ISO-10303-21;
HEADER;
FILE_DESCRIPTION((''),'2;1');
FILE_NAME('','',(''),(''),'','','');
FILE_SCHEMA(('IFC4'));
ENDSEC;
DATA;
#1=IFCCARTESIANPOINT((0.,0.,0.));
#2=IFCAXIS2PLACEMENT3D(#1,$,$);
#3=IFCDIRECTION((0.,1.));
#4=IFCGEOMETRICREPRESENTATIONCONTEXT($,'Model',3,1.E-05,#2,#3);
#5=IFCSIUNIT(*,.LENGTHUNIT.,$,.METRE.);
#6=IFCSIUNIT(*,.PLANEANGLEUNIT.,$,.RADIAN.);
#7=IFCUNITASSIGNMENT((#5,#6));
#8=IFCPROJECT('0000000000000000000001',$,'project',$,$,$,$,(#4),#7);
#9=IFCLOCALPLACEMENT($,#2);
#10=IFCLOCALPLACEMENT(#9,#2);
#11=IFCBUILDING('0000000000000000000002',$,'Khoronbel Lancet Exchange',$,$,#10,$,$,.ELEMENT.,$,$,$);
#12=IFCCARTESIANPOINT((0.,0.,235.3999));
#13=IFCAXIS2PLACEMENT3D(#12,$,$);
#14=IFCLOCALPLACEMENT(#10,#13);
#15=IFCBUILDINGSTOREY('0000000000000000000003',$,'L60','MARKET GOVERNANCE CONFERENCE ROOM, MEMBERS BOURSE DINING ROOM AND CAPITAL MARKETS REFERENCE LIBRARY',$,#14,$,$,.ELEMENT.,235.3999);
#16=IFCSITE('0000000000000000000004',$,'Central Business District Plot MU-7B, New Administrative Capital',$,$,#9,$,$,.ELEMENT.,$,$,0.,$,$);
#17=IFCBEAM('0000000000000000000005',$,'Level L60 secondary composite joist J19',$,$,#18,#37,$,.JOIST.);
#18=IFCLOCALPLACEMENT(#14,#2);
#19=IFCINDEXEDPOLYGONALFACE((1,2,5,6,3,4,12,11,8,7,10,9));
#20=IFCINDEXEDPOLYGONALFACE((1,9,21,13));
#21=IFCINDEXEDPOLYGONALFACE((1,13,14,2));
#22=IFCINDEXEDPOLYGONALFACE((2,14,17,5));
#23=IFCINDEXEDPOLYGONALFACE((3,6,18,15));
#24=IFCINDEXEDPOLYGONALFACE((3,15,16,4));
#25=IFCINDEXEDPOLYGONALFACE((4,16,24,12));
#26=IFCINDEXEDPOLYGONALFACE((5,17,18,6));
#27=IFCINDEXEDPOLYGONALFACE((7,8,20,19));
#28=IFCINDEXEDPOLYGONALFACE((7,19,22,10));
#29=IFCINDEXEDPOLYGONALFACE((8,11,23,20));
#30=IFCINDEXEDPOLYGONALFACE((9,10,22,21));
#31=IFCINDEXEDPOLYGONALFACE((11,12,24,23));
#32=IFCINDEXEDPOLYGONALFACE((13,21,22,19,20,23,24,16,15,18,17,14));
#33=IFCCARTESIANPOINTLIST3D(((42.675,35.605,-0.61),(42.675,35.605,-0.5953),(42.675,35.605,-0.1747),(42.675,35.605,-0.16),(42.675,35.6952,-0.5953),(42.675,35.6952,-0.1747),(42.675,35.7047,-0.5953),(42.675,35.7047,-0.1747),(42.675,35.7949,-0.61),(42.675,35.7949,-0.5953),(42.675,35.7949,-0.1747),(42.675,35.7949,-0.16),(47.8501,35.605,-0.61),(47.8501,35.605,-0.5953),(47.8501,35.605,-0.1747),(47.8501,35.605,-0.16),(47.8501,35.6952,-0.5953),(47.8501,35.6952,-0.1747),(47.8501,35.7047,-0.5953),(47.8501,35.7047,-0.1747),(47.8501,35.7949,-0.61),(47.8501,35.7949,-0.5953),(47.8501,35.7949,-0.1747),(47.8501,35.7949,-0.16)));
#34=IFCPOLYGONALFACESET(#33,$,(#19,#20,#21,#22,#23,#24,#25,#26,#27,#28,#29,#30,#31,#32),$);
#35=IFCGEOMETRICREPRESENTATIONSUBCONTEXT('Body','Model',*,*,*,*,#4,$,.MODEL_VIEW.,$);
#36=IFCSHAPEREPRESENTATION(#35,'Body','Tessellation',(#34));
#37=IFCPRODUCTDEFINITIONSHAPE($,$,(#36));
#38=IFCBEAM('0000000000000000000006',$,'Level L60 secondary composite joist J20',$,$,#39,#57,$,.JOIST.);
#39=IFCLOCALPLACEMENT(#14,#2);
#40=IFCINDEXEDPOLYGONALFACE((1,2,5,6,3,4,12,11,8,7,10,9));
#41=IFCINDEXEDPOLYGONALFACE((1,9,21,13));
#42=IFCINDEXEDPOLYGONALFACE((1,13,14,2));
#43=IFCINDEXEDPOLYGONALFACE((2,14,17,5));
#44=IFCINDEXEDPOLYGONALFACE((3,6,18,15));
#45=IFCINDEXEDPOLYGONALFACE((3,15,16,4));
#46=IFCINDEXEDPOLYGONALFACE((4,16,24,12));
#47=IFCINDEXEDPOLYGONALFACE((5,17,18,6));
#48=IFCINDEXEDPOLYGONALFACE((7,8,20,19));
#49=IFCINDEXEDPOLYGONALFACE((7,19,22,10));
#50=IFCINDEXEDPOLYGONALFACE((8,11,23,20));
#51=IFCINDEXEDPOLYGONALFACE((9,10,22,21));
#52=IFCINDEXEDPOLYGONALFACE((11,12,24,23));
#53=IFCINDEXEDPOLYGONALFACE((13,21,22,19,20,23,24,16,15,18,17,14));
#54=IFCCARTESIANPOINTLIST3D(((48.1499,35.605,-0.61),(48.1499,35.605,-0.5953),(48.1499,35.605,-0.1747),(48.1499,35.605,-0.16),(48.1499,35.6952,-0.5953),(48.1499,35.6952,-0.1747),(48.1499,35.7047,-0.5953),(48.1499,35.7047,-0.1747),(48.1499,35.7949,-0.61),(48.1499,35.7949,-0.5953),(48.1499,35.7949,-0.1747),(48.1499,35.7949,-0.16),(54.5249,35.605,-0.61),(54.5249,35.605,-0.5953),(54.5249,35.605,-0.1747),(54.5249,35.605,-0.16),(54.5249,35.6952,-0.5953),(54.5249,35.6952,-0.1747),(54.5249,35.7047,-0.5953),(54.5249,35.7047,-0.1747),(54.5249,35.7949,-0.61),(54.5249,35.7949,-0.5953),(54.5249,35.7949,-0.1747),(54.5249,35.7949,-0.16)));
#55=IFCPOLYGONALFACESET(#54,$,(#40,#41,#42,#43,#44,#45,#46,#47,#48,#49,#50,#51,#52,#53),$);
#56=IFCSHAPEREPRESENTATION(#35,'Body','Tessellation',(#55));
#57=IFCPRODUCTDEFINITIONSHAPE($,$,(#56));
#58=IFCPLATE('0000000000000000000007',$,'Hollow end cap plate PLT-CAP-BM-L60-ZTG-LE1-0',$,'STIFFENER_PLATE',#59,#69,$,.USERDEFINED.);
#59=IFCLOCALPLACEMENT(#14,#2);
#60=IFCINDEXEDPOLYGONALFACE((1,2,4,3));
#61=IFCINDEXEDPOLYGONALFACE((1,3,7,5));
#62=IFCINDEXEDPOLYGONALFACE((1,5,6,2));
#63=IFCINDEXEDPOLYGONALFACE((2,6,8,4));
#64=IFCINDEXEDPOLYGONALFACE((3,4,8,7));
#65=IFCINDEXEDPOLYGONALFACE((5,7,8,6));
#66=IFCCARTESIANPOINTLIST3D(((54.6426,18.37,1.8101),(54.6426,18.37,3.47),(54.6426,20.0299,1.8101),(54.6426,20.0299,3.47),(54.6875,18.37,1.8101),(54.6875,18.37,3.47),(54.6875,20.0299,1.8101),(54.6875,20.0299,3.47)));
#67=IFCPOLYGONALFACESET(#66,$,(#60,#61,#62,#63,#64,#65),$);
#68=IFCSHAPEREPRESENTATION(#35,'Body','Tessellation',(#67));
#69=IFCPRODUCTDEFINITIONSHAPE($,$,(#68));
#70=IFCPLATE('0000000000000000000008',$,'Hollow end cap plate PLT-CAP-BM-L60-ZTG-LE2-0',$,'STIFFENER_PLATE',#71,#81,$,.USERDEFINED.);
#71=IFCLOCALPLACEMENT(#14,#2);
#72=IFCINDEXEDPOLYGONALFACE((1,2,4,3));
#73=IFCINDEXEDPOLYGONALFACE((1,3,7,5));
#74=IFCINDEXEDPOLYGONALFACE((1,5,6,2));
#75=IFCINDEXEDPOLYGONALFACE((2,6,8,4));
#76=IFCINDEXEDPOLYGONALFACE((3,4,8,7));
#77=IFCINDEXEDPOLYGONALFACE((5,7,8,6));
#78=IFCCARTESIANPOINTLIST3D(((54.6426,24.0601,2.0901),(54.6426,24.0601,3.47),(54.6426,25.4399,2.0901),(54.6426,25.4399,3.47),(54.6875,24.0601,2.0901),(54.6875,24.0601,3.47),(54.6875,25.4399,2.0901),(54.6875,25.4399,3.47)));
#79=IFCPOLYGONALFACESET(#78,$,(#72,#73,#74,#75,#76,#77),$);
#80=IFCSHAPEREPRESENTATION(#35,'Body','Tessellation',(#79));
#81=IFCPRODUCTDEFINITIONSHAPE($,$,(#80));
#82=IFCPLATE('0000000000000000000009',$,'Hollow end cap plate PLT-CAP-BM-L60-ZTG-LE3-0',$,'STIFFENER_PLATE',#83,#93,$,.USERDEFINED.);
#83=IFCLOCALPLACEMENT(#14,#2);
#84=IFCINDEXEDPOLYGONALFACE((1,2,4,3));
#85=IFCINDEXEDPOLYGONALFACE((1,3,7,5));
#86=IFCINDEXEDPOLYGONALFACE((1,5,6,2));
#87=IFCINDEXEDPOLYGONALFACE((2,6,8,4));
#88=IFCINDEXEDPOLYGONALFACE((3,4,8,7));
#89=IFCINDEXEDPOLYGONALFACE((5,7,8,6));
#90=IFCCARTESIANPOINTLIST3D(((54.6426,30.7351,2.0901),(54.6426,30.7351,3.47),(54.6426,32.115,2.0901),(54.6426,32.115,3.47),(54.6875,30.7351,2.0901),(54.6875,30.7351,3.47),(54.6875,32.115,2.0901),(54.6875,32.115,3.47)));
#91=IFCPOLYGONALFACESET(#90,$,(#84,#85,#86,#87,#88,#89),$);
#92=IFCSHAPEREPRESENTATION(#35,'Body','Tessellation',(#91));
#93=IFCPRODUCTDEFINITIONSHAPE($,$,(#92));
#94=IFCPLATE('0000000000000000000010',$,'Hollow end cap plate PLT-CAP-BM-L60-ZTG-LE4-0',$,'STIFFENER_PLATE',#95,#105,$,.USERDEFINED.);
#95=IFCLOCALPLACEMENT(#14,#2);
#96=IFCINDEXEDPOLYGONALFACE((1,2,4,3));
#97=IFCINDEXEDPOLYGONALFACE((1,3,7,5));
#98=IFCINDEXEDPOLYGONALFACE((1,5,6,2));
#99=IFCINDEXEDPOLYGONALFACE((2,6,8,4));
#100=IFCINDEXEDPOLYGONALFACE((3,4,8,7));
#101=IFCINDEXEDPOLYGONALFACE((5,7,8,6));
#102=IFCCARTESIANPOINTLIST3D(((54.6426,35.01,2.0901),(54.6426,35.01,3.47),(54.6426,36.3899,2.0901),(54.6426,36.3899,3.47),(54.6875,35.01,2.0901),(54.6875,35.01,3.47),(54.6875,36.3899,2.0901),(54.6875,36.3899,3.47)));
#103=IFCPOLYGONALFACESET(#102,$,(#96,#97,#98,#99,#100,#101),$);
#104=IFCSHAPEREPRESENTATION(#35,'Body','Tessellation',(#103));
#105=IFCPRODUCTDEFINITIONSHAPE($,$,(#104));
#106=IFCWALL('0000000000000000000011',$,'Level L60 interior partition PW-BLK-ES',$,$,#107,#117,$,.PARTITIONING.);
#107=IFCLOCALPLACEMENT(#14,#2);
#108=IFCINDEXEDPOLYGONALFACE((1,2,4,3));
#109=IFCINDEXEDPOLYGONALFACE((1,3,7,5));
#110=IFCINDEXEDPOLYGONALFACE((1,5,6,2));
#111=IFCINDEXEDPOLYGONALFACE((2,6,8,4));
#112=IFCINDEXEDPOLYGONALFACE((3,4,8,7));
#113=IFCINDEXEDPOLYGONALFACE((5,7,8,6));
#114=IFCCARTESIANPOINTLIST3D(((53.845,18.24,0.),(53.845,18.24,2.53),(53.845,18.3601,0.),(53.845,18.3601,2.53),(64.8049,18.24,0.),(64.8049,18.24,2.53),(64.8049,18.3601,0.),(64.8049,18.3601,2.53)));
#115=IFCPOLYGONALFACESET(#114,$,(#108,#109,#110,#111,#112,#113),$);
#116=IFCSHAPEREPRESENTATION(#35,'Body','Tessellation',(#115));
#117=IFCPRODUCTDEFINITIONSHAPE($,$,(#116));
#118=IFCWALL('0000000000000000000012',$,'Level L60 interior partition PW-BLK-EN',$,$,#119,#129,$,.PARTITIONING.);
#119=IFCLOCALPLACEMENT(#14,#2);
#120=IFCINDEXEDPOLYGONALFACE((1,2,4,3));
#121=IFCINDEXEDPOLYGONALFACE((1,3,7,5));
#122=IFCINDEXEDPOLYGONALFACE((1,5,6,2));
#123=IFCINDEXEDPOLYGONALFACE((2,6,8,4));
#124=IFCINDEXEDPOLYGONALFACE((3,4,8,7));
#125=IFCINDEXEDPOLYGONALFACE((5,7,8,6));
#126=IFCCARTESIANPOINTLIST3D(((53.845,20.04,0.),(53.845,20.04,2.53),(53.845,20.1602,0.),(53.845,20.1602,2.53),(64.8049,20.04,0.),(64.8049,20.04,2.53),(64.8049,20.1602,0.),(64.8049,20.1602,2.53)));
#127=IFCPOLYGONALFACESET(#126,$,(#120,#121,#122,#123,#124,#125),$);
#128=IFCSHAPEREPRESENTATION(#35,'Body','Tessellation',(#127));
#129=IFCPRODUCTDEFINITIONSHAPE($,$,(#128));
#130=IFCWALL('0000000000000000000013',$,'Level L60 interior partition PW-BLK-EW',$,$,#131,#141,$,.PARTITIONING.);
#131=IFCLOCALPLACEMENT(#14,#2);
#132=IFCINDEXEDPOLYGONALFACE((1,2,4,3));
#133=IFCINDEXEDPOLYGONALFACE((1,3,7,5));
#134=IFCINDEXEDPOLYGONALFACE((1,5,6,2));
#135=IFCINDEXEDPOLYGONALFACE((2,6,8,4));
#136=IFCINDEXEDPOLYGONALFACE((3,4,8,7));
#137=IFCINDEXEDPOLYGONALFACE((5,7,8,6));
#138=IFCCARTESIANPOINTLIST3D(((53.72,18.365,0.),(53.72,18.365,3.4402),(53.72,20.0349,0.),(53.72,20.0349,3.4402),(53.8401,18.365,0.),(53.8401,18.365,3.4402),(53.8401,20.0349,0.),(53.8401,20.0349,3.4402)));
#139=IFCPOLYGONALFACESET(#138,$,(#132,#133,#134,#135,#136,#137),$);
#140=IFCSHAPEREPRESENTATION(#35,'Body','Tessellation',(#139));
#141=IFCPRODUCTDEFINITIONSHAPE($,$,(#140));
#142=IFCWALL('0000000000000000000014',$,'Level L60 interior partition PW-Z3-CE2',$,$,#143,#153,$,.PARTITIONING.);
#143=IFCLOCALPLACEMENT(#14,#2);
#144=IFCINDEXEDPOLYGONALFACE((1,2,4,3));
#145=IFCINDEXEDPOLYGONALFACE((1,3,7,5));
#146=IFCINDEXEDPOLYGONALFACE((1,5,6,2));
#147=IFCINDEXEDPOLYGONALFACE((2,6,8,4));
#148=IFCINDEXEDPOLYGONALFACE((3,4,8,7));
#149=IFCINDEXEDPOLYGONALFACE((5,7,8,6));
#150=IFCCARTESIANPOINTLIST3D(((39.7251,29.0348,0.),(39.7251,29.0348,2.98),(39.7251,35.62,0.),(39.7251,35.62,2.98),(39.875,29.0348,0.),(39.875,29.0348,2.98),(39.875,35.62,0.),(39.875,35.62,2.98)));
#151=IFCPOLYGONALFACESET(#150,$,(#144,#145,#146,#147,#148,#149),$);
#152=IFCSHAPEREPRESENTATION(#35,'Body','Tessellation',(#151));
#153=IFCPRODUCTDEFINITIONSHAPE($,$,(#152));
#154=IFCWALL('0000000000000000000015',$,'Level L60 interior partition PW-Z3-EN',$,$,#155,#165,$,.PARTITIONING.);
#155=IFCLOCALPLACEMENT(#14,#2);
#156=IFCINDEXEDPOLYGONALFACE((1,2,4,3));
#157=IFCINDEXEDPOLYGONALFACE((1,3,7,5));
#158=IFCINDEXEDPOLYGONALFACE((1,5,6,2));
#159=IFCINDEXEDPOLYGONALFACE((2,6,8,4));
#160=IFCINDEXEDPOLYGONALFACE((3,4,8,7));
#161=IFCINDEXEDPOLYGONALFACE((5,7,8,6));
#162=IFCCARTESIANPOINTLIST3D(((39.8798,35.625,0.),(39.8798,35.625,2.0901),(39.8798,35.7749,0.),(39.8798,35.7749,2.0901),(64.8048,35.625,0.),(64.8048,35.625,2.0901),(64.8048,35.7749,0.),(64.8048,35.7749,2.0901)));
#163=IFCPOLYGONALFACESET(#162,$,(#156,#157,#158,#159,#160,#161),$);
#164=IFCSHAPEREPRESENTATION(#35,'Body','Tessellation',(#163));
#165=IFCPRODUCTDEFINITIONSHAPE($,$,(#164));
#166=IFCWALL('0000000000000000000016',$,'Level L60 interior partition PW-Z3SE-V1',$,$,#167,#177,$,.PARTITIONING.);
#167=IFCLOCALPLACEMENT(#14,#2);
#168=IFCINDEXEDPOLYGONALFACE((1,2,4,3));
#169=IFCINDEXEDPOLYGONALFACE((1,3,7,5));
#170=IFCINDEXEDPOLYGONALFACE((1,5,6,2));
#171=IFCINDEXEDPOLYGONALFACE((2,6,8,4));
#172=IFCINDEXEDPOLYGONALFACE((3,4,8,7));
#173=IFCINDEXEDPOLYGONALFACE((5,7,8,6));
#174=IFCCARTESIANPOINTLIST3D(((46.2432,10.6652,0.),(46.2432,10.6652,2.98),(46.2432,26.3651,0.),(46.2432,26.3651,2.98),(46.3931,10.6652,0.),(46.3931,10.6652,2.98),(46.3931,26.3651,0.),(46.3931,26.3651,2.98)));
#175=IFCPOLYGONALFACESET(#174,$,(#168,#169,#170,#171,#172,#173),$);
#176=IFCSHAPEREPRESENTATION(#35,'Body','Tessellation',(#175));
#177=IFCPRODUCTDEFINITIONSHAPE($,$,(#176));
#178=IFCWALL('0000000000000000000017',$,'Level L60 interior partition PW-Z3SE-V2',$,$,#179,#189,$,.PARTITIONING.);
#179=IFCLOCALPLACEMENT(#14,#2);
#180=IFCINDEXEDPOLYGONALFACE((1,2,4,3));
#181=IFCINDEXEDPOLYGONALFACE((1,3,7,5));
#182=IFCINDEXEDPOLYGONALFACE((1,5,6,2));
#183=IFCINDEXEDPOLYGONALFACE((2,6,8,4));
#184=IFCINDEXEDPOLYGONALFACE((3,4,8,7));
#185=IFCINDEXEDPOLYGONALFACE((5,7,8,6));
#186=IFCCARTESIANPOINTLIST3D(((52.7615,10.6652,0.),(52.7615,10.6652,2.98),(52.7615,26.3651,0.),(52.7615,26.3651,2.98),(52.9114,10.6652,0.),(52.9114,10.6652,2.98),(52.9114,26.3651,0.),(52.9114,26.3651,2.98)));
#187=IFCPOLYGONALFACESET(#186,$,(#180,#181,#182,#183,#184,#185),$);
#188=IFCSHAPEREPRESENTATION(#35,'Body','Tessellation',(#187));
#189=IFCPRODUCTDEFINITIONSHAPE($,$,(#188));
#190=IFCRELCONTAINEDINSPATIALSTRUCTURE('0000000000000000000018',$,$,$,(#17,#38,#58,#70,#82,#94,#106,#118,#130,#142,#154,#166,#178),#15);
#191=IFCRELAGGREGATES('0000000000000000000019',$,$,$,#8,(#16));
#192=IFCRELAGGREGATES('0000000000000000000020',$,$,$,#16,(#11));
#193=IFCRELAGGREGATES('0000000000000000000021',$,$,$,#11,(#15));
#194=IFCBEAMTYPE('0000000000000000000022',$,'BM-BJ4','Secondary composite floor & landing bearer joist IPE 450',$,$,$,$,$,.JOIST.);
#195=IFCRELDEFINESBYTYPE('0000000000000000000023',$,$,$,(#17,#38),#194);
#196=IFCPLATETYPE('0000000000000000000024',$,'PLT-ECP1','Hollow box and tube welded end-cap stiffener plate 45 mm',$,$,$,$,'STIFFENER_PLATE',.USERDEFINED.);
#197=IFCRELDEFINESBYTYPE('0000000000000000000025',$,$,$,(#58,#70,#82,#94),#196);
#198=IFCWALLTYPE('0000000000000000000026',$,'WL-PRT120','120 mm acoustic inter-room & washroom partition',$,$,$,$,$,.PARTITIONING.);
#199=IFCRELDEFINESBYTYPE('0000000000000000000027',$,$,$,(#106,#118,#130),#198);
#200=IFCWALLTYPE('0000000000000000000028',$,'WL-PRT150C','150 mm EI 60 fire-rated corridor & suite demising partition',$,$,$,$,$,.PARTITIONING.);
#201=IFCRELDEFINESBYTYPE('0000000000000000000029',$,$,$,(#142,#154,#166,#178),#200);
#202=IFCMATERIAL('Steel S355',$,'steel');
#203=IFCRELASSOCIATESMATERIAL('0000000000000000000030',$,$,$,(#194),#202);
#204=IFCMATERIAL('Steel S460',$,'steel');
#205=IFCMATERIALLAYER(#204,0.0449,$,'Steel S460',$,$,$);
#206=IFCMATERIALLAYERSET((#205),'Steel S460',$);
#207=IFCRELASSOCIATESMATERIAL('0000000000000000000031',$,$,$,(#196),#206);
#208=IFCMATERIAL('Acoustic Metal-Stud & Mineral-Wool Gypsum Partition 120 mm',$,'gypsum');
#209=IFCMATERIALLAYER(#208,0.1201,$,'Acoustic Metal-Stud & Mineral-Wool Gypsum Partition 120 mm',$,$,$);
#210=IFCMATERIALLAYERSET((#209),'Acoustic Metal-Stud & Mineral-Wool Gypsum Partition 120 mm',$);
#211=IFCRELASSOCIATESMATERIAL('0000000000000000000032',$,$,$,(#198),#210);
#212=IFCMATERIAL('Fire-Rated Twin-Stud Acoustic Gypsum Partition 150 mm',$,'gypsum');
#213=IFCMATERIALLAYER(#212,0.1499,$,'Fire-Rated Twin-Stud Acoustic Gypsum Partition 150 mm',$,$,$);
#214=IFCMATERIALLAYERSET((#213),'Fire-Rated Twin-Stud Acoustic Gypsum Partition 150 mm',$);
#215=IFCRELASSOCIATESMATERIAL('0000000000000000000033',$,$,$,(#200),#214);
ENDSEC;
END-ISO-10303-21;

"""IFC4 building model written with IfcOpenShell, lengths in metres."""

from ifc_helpers import new_model, si_unit, direction, frame, frame_2d, origin, origin_2d, place, context, subcontext, project, spatial, rectangle, i_section, extrude, material, layer, layer_set, material_profile, profile_set, type_object, element, save


model = new_model("IFC4")

# Units and contexts
model_context = context("Model", 3, precision=1e-05, world=origin(), true_north=direction((0.0, 1.0)))
body_context = subcontext(model_context, "Body", "Model", "MODEL_VIEW")
ifc_project = project(units=[si_unit("LENGTHUNIT", "METRE"), si_unit("PLANEANGLEUNIT", "RADIAN")], contexts=[model_context])

# Site, building, storey
site_placement = place(None, origin())
site = spatial("IfcSite", under=ifc_project, at=site_placement, Name="Central Business District Plot MU-7B, New Administrative Capital", CompositionType="ELEMENT", RefElevation=0.0)
building_placement = place(site_placement, origin())
building = spatial("IfcBuilding", under=site, at=building_placement, Name="Khoronbel Lancet Exchange", CompositionType="ELEMENT")
storey_placement = place(building_placement, frame((0.0, 0.0, 235.3999)))
storey = spatial("IfcBuildingStorey", under=building, at=storey_placement, Name="L60", Description="MARKET GOVERNANCE CONFERENCE ROOM, MEMBERS BOURSE DINING ROOM AND CAPITAL MARKETS REFERENCE LIBRARY", CompositionType="ELEMENT", Elevation=235.3999)

# Shared definitions
ifc_material_1 = material(Name="Steel S355", Category="steel")

# Beams
ifc_material_profile_1 = material_profile(ifc_material_1, i_section(OverallWidth=0.1899, OverallDepth=0.45, WebThickness=0.0095, FlangeThickness=0.0146, at=origin_2d()), Name="IPE 450")
ifc_profile_set_1 = profile_set([ifc_material_profile_1], Name="Steel S355")
beam_type_1 = type_object("IfcBeamType", Name="BM-BJ4", Description="Secondary composite floor & landing bearer joist IPE 450", PredefinedType="JOIST", material=ifc_profile_set_1)
beam_1_placement = place(storey_placement, frame((42.675, 35.7, -0.385), z_axis=(1.0, 0.0, 0.0), x_axis=(0.0, 1.0, 0.0)))
element("IfcBeam", 1, at=beam_1_placement, inside=storey, type_object=beam_type_1, Name="Level L60 secondary composite joist J19", PredefinedType="JOIST", context=body_context, shape_type="SweptSolid", body=[
    extrude(i_section(OverallWidth=0.1899, OverallDepth=0.45, WebThickness=0.0095, FlangeThickness=0.0146, at=origin_2d()), origin(), (0.0, 0.0, 1.0), 5.175),
])
beam_2_placement = place(storey_placement, frame((48.1499, 35.7, -0.385), z_axis=(1.0, 0.0, 0.0), x_axis=(0.0, 1.0, 0.0)))
element("IfcBeam", 2, at=beam_2_placement, inside=storey, type_object=beam_type_1, Name="Level L60 secondary composite joist J20", PredefinedType="JOIST", context=body_context, shape_type="SweptSolid", body=[
    extrude(i_section(OverallWidth=0.1899, OverallDepth=0.45, WebThickness=0.0095, FlangeThickness=0.0146, at=origin_2d()), origin(), (0.0, 0.0, 1.0), 6.375),
])

# Plates
ifc_material_2 = material(Name="Steel S460", Category="steel")
ifc_layer_1 = layer(ifc_material_2, 0.0449, Name="Steel S460")
ifc_layer_set_1 = layer_set([ifc_layer_1], Name="Steel S460")
plate_type = type_object("IfcPlateType", Name="PLT-ECP1", Description="Hollow box and tube welded end-cap stiffener plate 45 mm", ElementType="STIFFENER_PLATE", PredefinedType="USERDEFINED", material=ifc_layer_set_1)
plate_placement = place(storey_placement, frame((54.665, 19.2, 1.8101), z_axis=(0.0, 0.0, 1.0), x_axis=(-1.0, 0.0, 0.0)))
element("IfcPlate", 3, at=plate_placement, inside=storey, type_object=plate_type, Name="Hollow end cap plate PLT-CAP-BM-L60-ZTG-LE1-0", ObjectType="STIFFENER_PLATE", PredefinedType="USERDEFINED", context=body_context, shape_type="SweptSolid", body=[
    extrude(rectangle(XDim=0.0449, YDim=1.6599, at=origin_2d()), origin(), (0.0, 0.0, 1.0), 1.6599),
])
for number, where, z_axis, x_axis, name in (
    (4, (54.665, 24.75, 2.0901), (0.0, 0.0, 1.0), (-1.0, 0.0, 0.0), "Hollow end cap plate PLT-CAP-BM-L60-ZTG-LE2-0"),
    (5, (54.665, 31.425, 2.0901), (0.0, 0.0, 1.0), (-1.0, 0.0, 0.0), "Hollow end cap plate PLT-CAP-BM-L60-ZTG-LE3-0"),
    (6, (54.665, 35.7, 2.0901), (0.0, 0.0, 1.0), (-1.0, 0.0, 0.0), "Hollow end cap plate PLT-CAP-BM-L60-ZTG-LE4-0"),
):
    element("IfcPlate", number, at=place(storey_placement, frame(where, z_axis=z_axis, x_axis=x_axis)), inside=storey, type_object=plate_type, Name=name, ObjectType="STIFFENER_PLATE", PredefinedType="USERDEFINED", context=body_context, shape_type="SweptSolid", body=[
        extrude(rectangle(XDim=0.0449, YDim=1.3799, at=origin_2d()), origin(), (0.0, 0.0, 1.0), 1.3799),
    ])

# Walls
ifc_material_3 = material(Name="Acoustic Metal-Stud & Mineral-Wool Gypsum Partition 120 mm", Category="gypsum")
ifc_layer_2 = layer(ifc_material_3, 0.1201, Name="Acoustic Metal-Stud & Mineral-Wool Gypsum Partition 120 mm")
ifc_layer_set_2 = layer_set([ifc_layer_2], Name="Acoustic Metal-Stud & Mineral-Wool Gypsum Partition 120 mm")
wall_type_1 = type_object("IfcWallType", Name="WL-PRT120", Description="120 mm acoustic inter-room & washroom partition", PredefinedType="PARTITIONING", material=ifc_layer_set_2)
for number, where, z_axis, x_axis, name in (
    (7, (53.845, 18.3, 0.0), (0.0, 0.0, 1.0), (1.0, 0.0, 0.0), "Level L60 interior partition PW-BLK-ES"),
    (8, (53.845, 20.1001, 0.0), (0.0, 0.0, 1.0), (1.0, 0.0, 0.0), "Level L60 interior partition PW-BLK-EN"),
):
    element("IfcWall", number, at=place(storey_placement, frame(where, z_axis=z_axis, x_axis=x_axis)), inside=storey, type_object=wall_type_1, Name=name, PredefinedType="PARTITIONING", context=body_context, shape_type="SweptSolid", body=[
        extrude(rectangle(XDim=10.96, YDim=0.1201, at=frame_2d((5.48, 0.0))), origin(), (0.0, 0.0, 1.0), 2.53),
    ])
wall_1_placement = place(storey_placement, frame((53.78, 18.365, 0.0), z_axis=(0.0, 0.0, 1.0), x_axis=(0.0, 1.0, 0.0)))
element("IfcWall", 9, at=wall_1_placement, inside=storey, type_object=wall_type_1, Name="Level L60 interior partition PW-BLK-EW", PredefinedType="PARTITIONING", context=body_context, shape_type="SweptSolid", body=[
    extrude(rectangle(XDim=1.6699, YDim=0.1201, at=frame_2d((0.835, 0.0))), origin(), (0.0, 0.0, 1.0), 3.4402),
])
ifc_material_4 = material(Name="Fire-Rated Twin-Stud Acoustic Gypsum Partition 150 mm", Category="gypsum")
ifc_layer_3 = layer(ifc_material_4, 0.1499, Name="Fire-Rated Twin-Stud Acoustic Gypsum Partition 150 mm")
ifc_layer_set_3 = layer_set([ifc_layer_3], Name="Fire-Rated Twin-Stud Acoustic Gypsum Partition 150 mm")
wall_type_2 = type_object("IfcWallType", Name="WL-PRT150C", Description="150 mm EI 60 fire-rated corridor & suite demising partition", PredefinedType="PARTITIONING", material=ifc_layer_set_3)
wall_2_placement = place(storey_placement, frame((39.8, 29.0349, 0.0), z_axis=(0.0, 0.0, 1.0), x_axis=(0.0, 1.0, 0.0)))
element("IfcWall", 10, at=wall_2_placement, inside=storey, type_object=wall_type_2, Name="Level L60 interior partition PW-Z3-CE2", PredefinedType="PARTITIONING", context=body_context, shape_type="SweptSolid", body=[
    extrude(rectangle(XDim=6.5852, YDim=0.1499, at=frame_2d((3.2925, 0.0))), origin(), (0.0, 0.0, 1.0), 2.98),
])
wall_3_placement = place(storey_placement, frame((39.8799, 35.7, 0.0), z_axis=(0.0, 0.0, 1.0), x_axis=(1.0, 0.0, 0.0)))
element("IfcWall", 11, at=wall_3_placement, inside=storey, type_object=wall_type_2, Name="Level L60 interior partition PW-Z3-EN", PredefinedType="PARTITIONING", context=body_context, shape_type="SweptSolid", body=[
    extrude(rectangle(XDim=24.925, YDim=0.1499, at=frame_2d((12.4624, 0.0))), origin(), (0.0, 0.0, 1.0), 2.0901),
])
for number, where, z_axis, x_axis, name in (
    (12, (46.3181, 10.665, 0.0), (0.0, 0.0, 1.0), (0.0, 1.0, 0.0), "Level L60 interior partition PW-Z3SE-V1"),
    (13, (52.8364, 10.665, 0.0), (0.0, 0.0, 1.0), (0.0, 1.0, 0.0), "Level L60 interior partition PW-Z3SE-V2"),
):
    element("IfcWall", number, at=place(storey_placement, frame(where, z_axis=z_axis, x_axis=x_axis)), inside=storey, type_object=wall_type_2, Name=name, PredefinedType="PARTITIONING", context=body_context, shape_type="SweptSolid", body=[
        extrude(rectangle(XDim=15.7, YDim=0.1499, at=frame_2d((7.8501, 0.0))), origin(), (0.0, 0.0, 1.0), 2.98),
    ])

save(model, "model.ifc")
